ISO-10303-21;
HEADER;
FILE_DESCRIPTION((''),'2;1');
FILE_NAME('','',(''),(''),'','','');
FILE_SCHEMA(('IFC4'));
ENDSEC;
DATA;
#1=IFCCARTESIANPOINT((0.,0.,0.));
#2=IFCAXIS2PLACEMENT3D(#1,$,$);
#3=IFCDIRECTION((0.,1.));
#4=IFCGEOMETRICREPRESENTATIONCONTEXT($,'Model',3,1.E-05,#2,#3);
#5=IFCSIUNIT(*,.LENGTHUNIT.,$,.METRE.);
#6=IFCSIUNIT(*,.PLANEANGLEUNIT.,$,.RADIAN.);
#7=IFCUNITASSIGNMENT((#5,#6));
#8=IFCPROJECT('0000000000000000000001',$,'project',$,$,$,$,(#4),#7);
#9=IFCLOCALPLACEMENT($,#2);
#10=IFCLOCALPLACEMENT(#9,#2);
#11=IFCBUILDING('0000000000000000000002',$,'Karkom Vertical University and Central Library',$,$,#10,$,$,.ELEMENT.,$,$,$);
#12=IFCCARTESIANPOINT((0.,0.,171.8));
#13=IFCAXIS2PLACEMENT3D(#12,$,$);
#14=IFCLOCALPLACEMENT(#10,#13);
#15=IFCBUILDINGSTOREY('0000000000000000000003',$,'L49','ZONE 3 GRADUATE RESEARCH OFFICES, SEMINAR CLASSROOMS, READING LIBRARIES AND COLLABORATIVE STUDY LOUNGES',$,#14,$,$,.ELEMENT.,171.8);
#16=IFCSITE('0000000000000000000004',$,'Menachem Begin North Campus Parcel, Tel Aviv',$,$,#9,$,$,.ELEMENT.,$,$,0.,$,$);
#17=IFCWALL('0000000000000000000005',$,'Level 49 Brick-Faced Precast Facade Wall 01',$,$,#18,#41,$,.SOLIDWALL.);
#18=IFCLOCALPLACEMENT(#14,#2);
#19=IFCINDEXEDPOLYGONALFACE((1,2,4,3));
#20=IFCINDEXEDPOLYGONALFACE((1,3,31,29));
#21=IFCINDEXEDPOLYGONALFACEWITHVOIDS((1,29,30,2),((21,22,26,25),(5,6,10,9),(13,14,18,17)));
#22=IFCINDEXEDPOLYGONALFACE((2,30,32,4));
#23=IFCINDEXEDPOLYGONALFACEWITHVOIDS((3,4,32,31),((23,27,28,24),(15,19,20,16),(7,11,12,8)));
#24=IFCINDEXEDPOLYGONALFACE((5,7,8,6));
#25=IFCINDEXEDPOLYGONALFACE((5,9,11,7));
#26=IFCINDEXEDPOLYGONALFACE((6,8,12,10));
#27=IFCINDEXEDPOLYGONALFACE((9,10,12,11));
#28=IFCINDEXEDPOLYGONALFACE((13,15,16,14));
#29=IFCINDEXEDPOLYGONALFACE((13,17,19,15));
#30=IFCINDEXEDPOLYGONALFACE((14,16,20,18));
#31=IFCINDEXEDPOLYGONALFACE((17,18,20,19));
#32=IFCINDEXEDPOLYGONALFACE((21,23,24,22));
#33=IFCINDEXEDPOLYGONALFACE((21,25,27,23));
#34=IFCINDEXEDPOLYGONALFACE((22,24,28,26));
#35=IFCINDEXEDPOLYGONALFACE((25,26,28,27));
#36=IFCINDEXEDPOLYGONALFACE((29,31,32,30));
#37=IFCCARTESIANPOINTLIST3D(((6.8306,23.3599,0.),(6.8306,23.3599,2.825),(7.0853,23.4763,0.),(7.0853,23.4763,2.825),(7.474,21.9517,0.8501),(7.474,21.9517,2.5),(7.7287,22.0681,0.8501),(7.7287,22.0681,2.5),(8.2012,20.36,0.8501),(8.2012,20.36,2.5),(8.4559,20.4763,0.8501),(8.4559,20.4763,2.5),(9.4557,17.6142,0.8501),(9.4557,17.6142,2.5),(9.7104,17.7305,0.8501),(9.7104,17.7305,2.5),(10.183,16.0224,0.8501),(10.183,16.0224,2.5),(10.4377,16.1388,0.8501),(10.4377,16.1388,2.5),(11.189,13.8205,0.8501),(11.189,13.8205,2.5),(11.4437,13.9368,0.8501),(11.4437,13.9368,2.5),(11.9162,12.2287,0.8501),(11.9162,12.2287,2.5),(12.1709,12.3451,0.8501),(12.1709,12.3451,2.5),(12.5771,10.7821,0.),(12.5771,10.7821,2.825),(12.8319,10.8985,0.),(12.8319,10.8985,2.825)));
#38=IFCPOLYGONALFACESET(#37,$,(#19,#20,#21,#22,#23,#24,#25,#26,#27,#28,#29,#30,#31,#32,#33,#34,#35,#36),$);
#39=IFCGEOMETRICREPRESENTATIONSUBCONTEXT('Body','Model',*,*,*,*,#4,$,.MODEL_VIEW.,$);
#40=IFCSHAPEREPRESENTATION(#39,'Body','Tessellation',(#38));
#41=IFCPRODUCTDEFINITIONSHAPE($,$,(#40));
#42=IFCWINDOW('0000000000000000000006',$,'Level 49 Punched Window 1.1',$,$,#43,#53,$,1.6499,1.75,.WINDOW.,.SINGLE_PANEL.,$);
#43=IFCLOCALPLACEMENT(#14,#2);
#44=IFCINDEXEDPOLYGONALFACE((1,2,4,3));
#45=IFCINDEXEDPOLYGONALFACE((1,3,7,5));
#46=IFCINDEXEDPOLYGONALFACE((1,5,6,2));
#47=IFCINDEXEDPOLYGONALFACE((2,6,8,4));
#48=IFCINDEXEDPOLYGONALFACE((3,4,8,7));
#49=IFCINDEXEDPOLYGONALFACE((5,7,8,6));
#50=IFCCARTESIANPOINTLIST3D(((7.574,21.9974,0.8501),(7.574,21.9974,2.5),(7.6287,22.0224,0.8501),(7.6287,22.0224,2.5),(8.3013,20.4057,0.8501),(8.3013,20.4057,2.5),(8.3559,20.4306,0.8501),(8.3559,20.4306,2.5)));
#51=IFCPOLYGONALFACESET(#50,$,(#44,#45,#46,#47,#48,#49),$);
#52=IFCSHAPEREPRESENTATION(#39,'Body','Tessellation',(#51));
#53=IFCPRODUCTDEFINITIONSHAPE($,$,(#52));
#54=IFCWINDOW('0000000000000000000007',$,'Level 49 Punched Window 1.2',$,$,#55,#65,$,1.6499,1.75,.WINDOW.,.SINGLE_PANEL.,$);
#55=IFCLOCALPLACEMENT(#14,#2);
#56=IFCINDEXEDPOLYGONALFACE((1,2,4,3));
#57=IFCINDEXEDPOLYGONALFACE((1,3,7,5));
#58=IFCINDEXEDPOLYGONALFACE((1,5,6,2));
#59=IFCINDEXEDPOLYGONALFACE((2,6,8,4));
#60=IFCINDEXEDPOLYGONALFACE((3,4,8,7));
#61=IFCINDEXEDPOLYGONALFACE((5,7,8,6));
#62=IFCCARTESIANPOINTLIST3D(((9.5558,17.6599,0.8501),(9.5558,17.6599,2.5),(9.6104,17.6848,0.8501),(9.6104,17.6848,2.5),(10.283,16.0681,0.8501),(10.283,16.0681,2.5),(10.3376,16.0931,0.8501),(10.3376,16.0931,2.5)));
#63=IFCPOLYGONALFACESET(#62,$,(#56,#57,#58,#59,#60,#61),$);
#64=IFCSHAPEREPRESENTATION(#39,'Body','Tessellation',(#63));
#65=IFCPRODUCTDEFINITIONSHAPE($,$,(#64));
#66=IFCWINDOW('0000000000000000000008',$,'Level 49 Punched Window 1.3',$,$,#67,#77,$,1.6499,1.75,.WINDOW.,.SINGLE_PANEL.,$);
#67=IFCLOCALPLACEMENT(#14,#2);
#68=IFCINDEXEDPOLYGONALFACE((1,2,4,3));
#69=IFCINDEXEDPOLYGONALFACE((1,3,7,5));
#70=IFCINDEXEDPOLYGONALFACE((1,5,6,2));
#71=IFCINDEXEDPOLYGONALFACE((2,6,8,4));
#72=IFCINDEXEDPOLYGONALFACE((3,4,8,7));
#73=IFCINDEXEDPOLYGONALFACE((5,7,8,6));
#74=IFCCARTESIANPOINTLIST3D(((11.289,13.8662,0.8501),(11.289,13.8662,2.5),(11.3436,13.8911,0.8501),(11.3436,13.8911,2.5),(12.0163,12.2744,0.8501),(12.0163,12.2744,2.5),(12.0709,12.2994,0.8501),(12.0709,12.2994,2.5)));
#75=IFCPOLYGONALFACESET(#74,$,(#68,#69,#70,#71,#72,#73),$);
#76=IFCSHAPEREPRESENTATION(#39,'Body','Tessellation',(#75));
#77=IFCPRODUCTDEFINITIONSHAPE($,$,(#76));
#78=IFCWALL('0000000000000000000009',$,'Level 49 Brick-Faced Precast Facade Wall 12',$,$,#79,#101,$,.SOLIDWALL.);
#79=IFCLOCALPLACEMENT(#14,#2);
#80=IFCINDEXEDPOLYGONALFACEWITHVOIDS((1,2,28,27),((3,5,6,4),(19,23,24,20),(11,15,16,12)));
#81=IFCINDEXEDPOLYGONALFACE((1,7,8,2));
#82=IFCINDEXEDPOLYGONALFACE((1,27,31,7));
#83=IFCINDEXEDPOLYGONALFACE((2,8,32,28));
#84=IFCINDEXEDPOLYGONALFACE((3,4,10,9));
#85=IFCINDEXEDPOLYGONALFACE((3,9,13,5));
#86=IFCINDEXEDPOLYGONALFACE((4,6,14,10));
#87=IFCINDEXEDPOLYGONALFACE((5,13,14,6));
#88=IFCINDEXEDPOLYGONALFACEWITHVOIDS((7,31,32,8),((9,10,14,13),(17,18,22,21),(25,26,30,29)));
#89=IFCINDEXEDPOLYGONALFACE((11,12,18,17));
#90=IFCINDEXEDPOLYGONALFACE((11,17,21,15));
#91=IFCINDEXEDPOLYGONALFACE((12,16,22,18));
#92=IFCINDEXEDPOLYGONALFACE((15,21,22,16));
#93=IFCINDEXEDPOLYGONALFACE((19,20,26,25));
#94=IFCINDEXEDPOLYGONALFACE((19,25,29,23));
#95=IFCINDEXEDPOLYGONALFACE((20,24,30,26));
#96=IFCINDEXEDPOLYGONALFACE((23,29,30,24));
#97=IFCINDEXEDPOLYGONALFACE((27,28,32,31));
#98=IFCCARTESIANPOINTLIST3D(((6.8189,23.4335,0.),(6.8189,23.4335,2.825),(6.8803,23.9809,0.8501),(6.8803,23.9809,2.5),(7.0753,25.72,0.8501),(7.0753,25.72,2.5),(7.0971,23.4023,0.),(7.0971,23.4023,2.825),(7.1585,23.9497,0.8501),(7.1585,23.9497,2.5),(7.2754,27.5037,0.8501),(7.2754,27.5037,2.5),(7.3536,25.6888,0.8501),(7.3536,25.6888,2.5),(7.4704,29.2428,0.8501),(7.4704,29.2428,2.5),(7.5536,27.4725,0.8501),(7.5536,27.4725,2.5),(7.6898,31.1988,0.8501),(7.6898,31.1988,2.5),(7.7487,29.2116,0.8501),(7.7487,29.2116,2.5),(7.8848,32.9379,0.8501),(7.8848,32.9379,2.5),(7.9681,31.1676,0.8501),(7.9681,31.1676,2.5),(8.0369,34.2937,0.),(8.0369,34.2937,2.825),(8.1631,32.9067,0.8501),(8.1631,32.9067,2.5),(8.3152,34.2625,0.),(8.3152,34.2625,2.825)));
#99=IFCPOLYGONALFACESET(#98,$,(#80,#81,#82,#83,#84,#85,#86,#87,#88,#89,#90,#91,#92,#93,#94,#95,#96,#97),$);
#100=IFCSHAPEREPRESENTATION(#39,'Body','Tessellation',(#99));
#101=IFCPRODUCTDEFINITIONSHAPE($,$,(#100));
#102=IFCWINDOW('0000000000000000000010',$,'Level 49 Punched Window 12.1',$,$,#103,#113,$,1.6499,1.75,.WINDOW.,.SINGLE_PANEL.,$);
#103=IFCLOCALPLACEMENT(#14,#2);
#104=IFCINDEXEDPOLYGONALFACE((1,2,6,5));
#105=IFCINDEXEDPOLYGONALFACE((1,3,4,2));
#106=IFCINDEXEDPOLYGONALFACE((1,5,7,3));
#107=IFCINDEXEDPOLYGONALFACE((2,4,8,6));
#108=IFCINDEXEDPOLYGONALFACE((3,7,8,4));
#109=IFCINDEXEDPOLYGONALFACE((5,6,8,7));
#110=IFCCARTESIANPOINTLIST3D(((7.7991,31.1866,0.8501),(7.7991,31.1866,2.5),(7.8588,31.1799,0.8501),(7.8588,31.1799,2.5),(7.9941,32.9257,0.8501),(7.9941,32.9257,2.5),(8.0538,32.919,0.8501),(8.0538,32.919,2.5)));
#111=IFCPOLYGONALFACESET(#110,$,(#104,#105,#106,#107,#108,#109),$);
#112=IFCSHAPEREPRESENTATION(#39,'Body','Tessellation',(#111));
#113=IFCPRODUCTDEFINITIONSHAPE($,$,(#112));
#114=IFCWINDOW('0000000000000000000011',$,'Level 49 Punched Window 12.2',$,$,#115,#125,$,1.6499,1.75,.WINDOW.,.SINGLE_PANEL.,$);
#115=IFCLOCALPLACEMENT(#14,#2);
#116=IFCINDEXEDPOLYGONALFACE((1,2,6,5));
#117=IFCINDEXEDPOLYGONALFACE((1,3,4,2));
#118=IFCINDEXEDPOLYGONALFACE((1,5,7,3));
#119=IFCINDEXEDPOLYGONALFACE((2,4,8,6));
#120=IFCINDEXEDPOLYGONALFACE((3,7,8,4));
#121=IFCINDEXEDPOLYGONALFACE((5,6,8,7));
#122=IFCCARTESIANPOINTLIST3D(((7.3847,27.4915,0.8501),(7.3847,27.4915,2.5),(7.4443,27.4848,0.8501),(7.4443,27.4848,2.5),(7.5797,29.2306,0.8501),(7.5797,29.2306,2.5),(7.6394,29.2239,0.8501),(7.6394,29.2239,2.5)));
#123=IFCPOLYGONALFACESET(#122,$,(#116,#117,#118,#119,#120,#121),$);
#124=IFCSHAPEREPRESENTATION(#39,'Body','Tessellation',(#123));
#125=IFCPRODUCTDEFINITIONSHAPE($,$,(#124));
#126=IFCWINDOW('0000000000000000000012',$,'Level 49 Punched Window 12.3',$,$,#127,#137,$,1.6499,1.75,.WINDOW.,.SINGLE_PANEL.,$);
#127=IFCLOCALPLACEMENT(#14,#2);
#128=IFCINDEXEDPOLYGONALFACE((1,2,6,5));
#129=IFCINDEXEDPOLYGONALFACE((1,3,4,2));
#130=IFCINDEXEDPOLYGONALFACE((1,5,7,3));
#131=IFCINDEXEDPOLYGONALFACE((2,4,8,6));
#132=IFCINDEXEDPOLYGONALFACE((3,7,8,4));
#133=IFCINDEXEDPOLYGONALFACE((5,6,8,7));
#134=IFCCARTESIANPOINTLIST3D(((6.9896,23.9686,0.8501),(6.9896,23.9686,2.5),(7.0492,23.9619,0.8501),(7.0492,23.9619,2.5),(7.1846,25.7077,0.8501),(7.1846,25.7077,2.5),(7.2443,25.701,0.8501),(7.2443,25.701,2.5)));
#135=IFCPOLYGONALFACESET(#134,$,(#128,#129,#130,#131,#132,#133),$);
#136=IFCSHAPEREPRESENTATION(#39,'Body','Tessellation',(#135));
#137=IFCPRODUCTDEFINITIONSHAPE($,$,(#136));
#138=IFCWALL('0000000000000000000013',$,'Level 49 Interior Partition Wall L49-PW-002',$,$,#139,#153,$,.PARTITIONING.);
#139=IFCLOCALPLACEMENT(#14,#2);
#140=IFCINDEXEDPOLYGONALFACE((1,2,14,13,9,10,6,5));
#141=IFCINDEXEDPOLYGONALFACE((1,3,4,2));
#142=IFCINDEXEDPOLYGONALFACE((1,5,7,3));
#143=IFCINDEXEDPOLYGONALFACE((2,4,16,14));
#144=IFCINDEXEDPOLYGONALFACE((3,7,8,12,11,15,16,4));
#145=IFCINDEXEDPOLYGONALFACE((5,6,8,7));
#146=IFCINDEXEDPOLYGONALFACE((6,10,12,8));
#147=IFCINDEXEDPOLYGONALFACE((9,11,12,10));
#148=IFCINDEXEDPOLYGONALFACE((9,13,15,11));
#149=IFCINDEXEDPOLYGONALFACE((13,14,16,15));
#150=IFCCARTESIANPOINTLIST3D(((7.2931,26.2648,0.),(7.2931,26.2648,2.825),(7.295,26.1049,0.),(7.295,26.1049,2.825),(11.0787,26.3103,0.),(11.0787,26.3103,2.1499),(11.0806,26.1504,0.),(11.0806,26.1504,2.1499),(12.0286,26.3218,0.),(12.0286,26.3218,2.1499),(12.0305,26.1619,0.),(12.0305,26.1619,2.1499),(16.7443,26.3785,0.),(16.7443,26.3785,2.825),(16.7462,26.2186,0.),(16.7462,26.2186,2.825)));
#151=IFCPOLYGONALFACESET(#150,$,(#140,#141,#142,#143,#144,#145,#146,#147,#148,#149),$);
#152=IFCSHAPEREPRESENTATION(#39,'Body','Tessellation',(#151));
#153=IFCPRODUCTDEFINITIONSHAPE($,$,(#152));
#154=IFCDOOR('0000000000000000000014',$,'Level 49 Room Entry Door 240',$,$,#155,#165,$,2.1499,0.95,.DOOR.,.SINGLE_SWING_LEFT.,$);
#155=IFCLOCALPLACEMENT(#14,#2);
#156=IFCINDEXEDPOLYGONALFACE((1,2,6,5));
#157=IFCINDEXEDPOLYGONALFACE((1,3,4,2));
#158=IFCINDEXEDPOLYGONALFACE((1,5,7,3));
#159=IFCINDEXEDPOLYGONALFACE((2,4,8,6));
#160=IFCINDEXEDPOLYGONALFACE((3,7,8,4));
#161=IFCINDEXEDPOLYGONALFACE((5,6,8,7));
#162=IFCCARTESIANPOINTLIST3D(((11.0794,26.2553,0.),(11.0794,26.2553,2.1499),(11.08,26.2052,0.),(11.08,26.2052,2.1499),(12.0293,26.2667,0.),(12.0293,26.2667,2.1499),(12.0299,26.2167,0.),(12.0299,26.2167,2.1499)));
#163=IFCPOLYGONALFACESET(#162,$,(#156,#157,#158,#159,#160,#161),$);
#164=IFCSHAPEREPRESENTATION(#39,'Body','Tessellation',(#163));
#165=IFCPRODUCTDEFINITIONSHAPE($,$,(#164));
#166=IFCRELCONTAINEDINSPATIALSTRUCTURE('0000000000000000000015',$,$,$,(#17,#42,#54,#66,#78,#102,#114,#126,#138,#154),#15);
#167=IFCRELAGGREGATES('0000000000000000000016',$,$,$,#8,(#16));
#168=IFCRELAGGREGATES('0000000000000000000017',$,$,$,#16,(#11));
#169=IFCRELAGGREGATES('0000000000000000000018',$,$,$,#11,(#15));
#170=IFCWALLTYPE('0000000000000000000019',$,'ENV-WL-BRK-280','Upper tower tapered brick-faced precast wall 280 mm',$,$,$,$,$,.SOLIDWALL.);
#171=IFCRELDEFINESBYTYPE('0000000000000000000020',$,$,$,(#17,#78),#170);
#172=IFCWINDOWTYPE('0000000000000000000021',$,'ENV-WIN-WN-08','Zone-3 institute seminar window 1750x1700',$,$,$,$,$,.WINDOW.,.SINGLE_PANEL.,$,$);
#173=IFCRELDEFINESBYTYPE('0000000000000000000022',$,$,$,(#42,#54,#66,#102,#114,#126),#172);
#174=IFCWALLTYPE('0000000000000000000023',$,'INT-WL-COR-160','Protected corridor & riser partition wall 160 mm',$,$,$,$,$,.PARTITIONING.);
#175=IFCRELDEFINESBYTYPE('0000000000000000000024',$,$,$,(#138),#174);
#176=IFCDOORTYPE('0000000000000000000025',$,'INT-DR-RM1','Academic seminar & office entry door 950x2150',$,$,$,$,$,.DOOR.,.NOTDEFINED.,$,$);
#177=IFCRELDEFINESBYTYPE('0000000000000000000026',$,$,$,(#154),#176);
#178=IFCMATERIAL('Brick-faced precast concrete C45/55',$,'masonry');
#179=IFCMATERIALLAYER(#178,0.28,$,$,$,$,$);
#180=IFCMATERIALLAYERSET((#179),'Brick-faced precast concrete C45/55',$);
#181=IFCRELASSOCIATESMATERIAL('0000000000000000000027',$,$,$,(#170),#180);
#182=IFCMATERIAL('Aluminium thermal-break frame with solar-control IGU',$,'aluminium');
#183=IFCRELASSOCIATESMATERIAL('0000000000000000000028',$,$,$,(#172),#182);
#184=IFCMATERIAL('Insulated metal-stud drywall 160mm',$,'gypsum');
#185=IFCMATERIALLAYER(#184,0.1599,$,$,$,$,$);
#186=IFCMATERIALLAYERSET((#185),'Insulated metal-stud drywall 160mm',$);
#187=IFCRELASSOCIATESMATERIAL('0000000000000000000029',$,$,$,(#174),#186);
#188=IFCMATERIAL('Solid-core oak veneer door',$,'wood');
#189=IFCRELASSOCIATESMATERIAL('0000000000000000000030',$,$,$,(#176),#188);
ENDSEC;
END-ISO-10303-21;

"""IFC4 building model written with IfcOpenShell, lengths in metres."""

from ifc_helpers import new_model, si_unit, direction, frame, frame_2d, origin, origin_with_axes, place, context, subcontext, project, spatial, rectangle, extrude, source, transform, mapped, material, layer, layer_set, type_object, element, fill, save


model = new_model("IFC4")

# Units and contexts
model_context = context("Model", 3, precision=1e-05, world=origin(), true_north=direction((0.0, 1.0)))
body_context = subcontext(model_context, "Body", "Model", "MODEL_VIEW")
ifc_project = project(units=[si_unit("LENGTHUNIT", "METRE"), si_unit("PLANEANGLEUNIT", "RADIAN")], contexts=[model_context])

# Site, building, storey
site_placement = place(None, origin())
site = spatial("IfcSite", under=ifc_project, at=site_placement, Name="Menachem Begin North Campus Parcel, Tel Aviv", CompositionType="ELEMENT", RefElevation=0.0)
building_placement = place(site_placement, origin())
building = spatial("IfcBuilding", under=site, at=building_placement, Name="Karkom Vertical University and Central Library", CompositionType="ELEMENT")
storey_placement = place(building_placement, frame((0.0, 0.0, 171.8)))
storey = spatial("IfcBuildingStorey", under=building, at=storey_placement, Name="L49", Description="ZONE 3 GRADUATE RESEARCH OFFICES, SEMINAR CLASSROOMS, READING LIBRARIES AND COLLABORATIVE STUDY LOUNGES", CompositionType="ELEMENT", Elevation=171.8)

# Walls, openings, windows
ifc_material_1 = material(Name="Brick-faced precast concrete C45/55", Category="masonry")
ifc_layer_1 = layer(ifc_material_1, 0.28)
ifc_layer_set_1 = layer_set([ifc_layer_1], Name="Brick-faced precast concrete C45/55")
wall_type_1 = type_object("IfcWallType", Name="ENV-WL-BRK-280", Description="Upper tower tapered brick-faced precast wall 280 mm", PredefinedType="SOLIDWALL", material=ifc_layer_set_1)
wall_1_placement = place(storey_placement, frame((6.958, 23.418, 0.0), z_axis=(0.0, 0.0, 1.0), x_axis=(0.415562, -0.909565, 0.0)))
wall_1 = element("IfcWall", 1, at=wall_1_placement, inside=storey, type_object=wall_type_1, Name="Level 49 Brick-Faced Precast Facade Wall 01", PredefinedType="SOLIDWALL", context=body_context, shape_type="SweptSolid", body=[
    extrude(rectangle(XDim=13.8284, YDim=0.28, at=frame_2d((6.9141, 0.0))), origin(), (0.0, 0.0, 1.0), 2.825),
])
opening_1_placement = place(wall_1_placement, frame((1.5481, 0.0, 0.8501)))
opening_1 = element("IfcOpeningElement", 2, at=opening_1_placement, cuts=wall_1, PredefinedType="OPENING", context=body_context, shape_type="SweptSolid", body=[
    extrude(rectangle(XDim=1.75, YDim=1.6499, at=frame_2d((0.875, 0.825))), frame((0.0, 0.1499, 0.0), z_axis=(0.0, -1.0, 0.0), x_axis=(1.0, 0.0, 0.0)), (0.0, 0.0, 1.0), 0.3),
])
opening_2_placement = place(wall_1_placement, frame((6.3169, 0.0, 0.8501)))
opening_2 = element("IfcOpeningElement", 3, at=opening_2_placement, cuts=wall_1, PredefinedType="OPENING", context=body_context, shape_type="SweptSolid", body=[
    extrude(rectangle(XDim=1.75, YDim=1.6499, at=frame_2d((0.875, 0.825))), frame((0.0, 0.1499, 0.0), z_axis=(0.0, -1.0, 0.0), x_axis=(1.0, 0.0, 0.0)), (0.0, 0.0, 1.0), 0.3),
])
opening_3_placement = place(wall_1_placement, frame((10.4878, 0.0, 0.8501)))
opening_3 = element("IfcOpeningElement", 4, at=opening_3_placement, cuts=wall_1, PredefinedType="OPENING", context=body_context, shape_type="SweptSolid", body=[
    extrude(rectangle(XDim=1.75, YDim=1.6499, at=frame_2d((0.875, 0.825))), frame((0.0, 0.1499, 0.0), z_axis=(0.0, -1.0, 0.0), x_axis=(1.0, 0.0, 0.0)), (0.0, 0.0, 1.0), 0.3),
])
ifc_material_2 = material(Name="Aluminium thermal-break frame with solar-control IGU", Category="aluminium")
window_type = type_object("IfcWindowType", Name="ENV-WIN-WN-08", Description="Zone-3 institute seminar window 1750x1700", PartitioningType="SINGLE_PANEL", PredefinedType="WINDOW", material=ifc_material_2)
shared_shape_1 = source(origin_with_axes(), body_context, "Body", "SweptSolid", [
    extrude(rectangle(XDim=1.75, YDim=1.6499, at=frame_2d((0.875, 0.825))), frame((0.0, 0.03, 0.0), z_axis=(0.0, -1.0, 0.0), x_axis=(1.0, 0.0, 0.0)), (0.0, 0.0, 1.0), 0.0601),
])
window_1_placement = place(opening_1_placement, origin())
window_1 = element("IfcWindow", 5, at=window_1_placement, inside=storey, type_object=window_type, Name="Level 49 Punched Window 1.1", OverallHeight=1.6499, OverallWidth=1.75, PartitioningType="SINGLE_PANEL", PredefinedType="WINDOW", context=body_context, shape_type="MappedRepresentation", body=[
    mapped(shared_shape_1, transform((0.0, 0.0, 0.0), scale=1.0)),
])
fill(opening_1, window_1)
window_2_placement = place(opening_2_placement, origin())
window_2 = element("IfcWindow", 6, at=window_2_placement, inside=storey, type_object=window_type, Name="Level 49 Punched Window 1.2", OverallHeight=1.6499, OverallWidth=1.75, PartitioningType="SINGLE_PANEL", PredefinedType="WINDOW", context=body_context, shape_type="MappedRepresentation", body=[
    mapped(shared_shape_1, transform((0.0, 0.0, 0.0), scale=1.0)),
])
fill(opening_2, window_2)
window_3_placement = place(opening_3_placement, origin())
window_3 = element("IfcWindow", 7, at=window_3_placement, inside=storey, type_object=window_type, Name="Level 49 Punched Window 1.3", OverallHeight=1.6499, OverallWidth=1.75, PartitioningType="SINGLE_PANEL", PredefinedType="WINDOW", context=body_context, shape_type="MappedRepresentation", body=[
    mapped(shared_shape_1, transform((0.0, 0.0, 0.0), scale=1.0)),
])
fill(opening_3, window_3)
wall_2_placement = place(storey_placement, frame((8.176, 34.2781, 0.0), z_axis=(0.0, 0.0, 1.0), x_axis=(-0.111456, -0.993769, 0.0)))
wall_2 = element("IfcWall", 8, at=wall_2_placement, inside=storey, type_object=wall_type_1, Name="Level 49 Brick-Faced Precast Facade Wall 12", PredefinedType="SOLIDWALL", context=body_context, shape_type="SweptSolid", body=[
    extrude(rectangle(XDim=10.9282, YDim=0.28, at=frame_2d((5.4641, 0.0))), origin(), (0.0, 0.0, 1.0), 2.825),
])
opening_4_placement = place(wall_2_placement, frame((1.3643, 0.0, 0.8501)))
opening_4 = element("IfcOpeningElement", 9, at=opening_4_placement, cuts=wall_2, PredefinedType="OPENING", context=body_context, shape_type="SweptSolid", body=[
    extrude(rectangle(XDim=1.75, YDim=1.6499, at=frame_2d((0.875, 0.825))), frame((0.0, 0.1499, 0.0), z_axis=(0.0, -1.0, 0.0), x_axis=(1.0, 0.0, 0.0)), (0.0, 0.0, 1.0), 0.3),
])
opening_5_placement = place(wall_2_placement, frame((5.0825, 0.0, 0.8501)))
opening_5 = element("IfcOpeningElement", 10, at=opening_5_placement, cuts=wall_2, PredefinedType="OPENING", context=body_context, shape_type="SweptSolid", body=[
    extrude(rectangle(XDim=1.75, YDim=1.6499, at=frame_2d((0.875, 0.825))), frame((0.0, 0.1499, 0.0), z_axis=(0.0, -1.0, 0.0), x_axis=(1.0, 0.0, 0.0)), (0.0, 0.0, 1.0), 0.3),
])
opening_6_placement = place(wall_2_placement, frame((8.6274, 0.0, 0.8501)))
opening_6 = element("IfcOpeningElement", 11, at=opening_6_placement, cuts=wall_2, PredefinedType="OPENING", context=body_context, shape_type="SweptSolid", body=[
    extrude(rectangle(XDim=1.75, YDim=1.6499, at=frame_2d((0.875, 0.825))), frame((0.0, 0.1499, 0.0), z_axis=(0.0, -1.0, 0.0), x_axis=(1.0, 0.0, 0.0)), (0.0, 0.0, 1.0), 0.3),
])
window_4_placement = place(opening_4_placement, origin())
window_4 = element("IfcWindow", 12, at=window_4_placement, inside=storey, type_object=window_type, Name="Level 49 Punched Window 12.1", OverallHeight=1.6499, OverallWidth=1.75, PartitioningType="SINGLE_PANEL", PredefinedType="WINDOW", context=body_context, shape_type="MappedRepresentation", body=[
    mapped(shared_shape_1, transform((0.0, 0.0, 0.0), scale=1.0)),
])
fill(opening_4, window_4)
window_5_placement = place(opening_5_placement, origin())
window_5 = element("IfcWindow", 13, at=window_5_placement, inside=storey, type_object=window_type, Name="Level 49 Punched Window 12.2", OverallHeight=1.6499, OverallWidth=1.75, PartitioningType="SINGLE_PANEL", PredefinedType="WINDOW", context=body_context, shape_type="MappedRepresentation", body=[
    mapped(shared_shape_1, transform((0.0, 0.0, 0.0), scale=1.0)),
])
fill(opening_5, window_5)
window_6_placement = place(opening_6_placement, origin())
window_6 = element("IfcWindow", 14, at=window_6_placement, inside=storey, type_object=window_type, Name="Level 49 Punched Window 12.3", OverallHeight=1.6499, OverallWidth=1.75, PartitioningType="SINGLE_PANEL", PredefinedType="WINDOW", context=body_context, shape_type="MappedRepresentation", body=[
    mapped(shared_shape_1, transform((0.0, 0.0, 0.0), scale=1.0)),
])
fill(opening_6, window_6)

# Wall, opening, door
ifc_material_3 = material(Name="Insulated metal-stud drywall 160mm", Category="gypsum")
ifc_layer_2 = layer(ifc_material_3, 0.1599)
ifc_layer_set_2 = layer_set([ifc_layer_2], Name="Insulated metal-stud drywall 160mm")
wall_type_2 = type_object("IfcWallType", Name="INT-WL-COR-160", Description="Protected corridor & riser partition wall 160 mm", PredefinedType="PARTITIONING", material=ifc_layer_set_2)
wall_3_placement = place(storey_placement, frame((7.2939, 26.1848, 0.0), z_axis=(0.0, 0.0, 1.0), x_axis=(0.999928, 0.012037, 0.0)))
wall_3 = element("IfcWall", 15, at=wall_3_placement, inside=storey, type_object=wall_type_2, Name="Level 49 Interior Partition Wall L49-PW-002", PredefinedType="PARTITIONING", context=body_context, shape_type="SweptSolid", body=[
    extrude(rectangle(XDim=9.4519, YDim=0.1599, at=frame_2d((4.7261, 0.0))), origin(), (0.0, 0.0, 1.0), 2.825),
])
opening_7_placement = place(wall_3_placement, frame((3.7859, 0.0, 0.0)))
opening_7 = element("IfcOpeningElement", 16, at=opening_7_placement, cuts=wall_3, PredefinedType="OPENING", context=body_context, shape_type="SweptSolid", body=[
    extrude(rectangle(XDim=0.95, YDim=2.1499, at=frame_2d((0.4751, 1.075))), frame((0.0, 0.0898, 0.0), z_axis=(0.0, -1.0, 0.0), x_axis=(1.0, 0.0, 0.0)), (0.0, 0.0, 1.0), 0.1799),
])
ifc_material_4 = material(Name="Solid-core oak veneer door", Category="wood")
door_type = type_object("IfcDoorType", Name="INT-DR-RM1", Description="Academic seminar & office entry door 950x2150", OperationType="NOTDEFINED", PredefinedType="DOOR", material=ifc_material_4)
shared_shape_2 = source(origin_with_axes(), body_context, "Body", "SweptSolid", [
    extrude(rectangle(XDim=0.95, YDim=2.1499, at=frame_2d((0.4751, 1.075))), frame((0.0, 0.0249, 0.0), z_axis=(0.0, -1.0, 0.0), x_axis=(1.0, 0.0, 0.0)), (0.0, 0.0, 1.0), 0.05),
])
door_placement = place(opening_7_placement, origin())
door = element("IfcDoor", 17, at=door_placement, inside=storey, type_object=door_type, Name="Level 49 Room Entry Door 240", OperationType="SINGLE_SWING_LEFT", OverallHeight=2.1499, OverallWidth=0.95, PredefinedType="DOOR", context=body_context, shape_type="MappedRepresentation", body=[
    mapped(shared_shape_2, transform((0.0, 0.0, 0.0), scale=1.0)),
])
fill(opening_7, door)

save(model, "model.ifc")
